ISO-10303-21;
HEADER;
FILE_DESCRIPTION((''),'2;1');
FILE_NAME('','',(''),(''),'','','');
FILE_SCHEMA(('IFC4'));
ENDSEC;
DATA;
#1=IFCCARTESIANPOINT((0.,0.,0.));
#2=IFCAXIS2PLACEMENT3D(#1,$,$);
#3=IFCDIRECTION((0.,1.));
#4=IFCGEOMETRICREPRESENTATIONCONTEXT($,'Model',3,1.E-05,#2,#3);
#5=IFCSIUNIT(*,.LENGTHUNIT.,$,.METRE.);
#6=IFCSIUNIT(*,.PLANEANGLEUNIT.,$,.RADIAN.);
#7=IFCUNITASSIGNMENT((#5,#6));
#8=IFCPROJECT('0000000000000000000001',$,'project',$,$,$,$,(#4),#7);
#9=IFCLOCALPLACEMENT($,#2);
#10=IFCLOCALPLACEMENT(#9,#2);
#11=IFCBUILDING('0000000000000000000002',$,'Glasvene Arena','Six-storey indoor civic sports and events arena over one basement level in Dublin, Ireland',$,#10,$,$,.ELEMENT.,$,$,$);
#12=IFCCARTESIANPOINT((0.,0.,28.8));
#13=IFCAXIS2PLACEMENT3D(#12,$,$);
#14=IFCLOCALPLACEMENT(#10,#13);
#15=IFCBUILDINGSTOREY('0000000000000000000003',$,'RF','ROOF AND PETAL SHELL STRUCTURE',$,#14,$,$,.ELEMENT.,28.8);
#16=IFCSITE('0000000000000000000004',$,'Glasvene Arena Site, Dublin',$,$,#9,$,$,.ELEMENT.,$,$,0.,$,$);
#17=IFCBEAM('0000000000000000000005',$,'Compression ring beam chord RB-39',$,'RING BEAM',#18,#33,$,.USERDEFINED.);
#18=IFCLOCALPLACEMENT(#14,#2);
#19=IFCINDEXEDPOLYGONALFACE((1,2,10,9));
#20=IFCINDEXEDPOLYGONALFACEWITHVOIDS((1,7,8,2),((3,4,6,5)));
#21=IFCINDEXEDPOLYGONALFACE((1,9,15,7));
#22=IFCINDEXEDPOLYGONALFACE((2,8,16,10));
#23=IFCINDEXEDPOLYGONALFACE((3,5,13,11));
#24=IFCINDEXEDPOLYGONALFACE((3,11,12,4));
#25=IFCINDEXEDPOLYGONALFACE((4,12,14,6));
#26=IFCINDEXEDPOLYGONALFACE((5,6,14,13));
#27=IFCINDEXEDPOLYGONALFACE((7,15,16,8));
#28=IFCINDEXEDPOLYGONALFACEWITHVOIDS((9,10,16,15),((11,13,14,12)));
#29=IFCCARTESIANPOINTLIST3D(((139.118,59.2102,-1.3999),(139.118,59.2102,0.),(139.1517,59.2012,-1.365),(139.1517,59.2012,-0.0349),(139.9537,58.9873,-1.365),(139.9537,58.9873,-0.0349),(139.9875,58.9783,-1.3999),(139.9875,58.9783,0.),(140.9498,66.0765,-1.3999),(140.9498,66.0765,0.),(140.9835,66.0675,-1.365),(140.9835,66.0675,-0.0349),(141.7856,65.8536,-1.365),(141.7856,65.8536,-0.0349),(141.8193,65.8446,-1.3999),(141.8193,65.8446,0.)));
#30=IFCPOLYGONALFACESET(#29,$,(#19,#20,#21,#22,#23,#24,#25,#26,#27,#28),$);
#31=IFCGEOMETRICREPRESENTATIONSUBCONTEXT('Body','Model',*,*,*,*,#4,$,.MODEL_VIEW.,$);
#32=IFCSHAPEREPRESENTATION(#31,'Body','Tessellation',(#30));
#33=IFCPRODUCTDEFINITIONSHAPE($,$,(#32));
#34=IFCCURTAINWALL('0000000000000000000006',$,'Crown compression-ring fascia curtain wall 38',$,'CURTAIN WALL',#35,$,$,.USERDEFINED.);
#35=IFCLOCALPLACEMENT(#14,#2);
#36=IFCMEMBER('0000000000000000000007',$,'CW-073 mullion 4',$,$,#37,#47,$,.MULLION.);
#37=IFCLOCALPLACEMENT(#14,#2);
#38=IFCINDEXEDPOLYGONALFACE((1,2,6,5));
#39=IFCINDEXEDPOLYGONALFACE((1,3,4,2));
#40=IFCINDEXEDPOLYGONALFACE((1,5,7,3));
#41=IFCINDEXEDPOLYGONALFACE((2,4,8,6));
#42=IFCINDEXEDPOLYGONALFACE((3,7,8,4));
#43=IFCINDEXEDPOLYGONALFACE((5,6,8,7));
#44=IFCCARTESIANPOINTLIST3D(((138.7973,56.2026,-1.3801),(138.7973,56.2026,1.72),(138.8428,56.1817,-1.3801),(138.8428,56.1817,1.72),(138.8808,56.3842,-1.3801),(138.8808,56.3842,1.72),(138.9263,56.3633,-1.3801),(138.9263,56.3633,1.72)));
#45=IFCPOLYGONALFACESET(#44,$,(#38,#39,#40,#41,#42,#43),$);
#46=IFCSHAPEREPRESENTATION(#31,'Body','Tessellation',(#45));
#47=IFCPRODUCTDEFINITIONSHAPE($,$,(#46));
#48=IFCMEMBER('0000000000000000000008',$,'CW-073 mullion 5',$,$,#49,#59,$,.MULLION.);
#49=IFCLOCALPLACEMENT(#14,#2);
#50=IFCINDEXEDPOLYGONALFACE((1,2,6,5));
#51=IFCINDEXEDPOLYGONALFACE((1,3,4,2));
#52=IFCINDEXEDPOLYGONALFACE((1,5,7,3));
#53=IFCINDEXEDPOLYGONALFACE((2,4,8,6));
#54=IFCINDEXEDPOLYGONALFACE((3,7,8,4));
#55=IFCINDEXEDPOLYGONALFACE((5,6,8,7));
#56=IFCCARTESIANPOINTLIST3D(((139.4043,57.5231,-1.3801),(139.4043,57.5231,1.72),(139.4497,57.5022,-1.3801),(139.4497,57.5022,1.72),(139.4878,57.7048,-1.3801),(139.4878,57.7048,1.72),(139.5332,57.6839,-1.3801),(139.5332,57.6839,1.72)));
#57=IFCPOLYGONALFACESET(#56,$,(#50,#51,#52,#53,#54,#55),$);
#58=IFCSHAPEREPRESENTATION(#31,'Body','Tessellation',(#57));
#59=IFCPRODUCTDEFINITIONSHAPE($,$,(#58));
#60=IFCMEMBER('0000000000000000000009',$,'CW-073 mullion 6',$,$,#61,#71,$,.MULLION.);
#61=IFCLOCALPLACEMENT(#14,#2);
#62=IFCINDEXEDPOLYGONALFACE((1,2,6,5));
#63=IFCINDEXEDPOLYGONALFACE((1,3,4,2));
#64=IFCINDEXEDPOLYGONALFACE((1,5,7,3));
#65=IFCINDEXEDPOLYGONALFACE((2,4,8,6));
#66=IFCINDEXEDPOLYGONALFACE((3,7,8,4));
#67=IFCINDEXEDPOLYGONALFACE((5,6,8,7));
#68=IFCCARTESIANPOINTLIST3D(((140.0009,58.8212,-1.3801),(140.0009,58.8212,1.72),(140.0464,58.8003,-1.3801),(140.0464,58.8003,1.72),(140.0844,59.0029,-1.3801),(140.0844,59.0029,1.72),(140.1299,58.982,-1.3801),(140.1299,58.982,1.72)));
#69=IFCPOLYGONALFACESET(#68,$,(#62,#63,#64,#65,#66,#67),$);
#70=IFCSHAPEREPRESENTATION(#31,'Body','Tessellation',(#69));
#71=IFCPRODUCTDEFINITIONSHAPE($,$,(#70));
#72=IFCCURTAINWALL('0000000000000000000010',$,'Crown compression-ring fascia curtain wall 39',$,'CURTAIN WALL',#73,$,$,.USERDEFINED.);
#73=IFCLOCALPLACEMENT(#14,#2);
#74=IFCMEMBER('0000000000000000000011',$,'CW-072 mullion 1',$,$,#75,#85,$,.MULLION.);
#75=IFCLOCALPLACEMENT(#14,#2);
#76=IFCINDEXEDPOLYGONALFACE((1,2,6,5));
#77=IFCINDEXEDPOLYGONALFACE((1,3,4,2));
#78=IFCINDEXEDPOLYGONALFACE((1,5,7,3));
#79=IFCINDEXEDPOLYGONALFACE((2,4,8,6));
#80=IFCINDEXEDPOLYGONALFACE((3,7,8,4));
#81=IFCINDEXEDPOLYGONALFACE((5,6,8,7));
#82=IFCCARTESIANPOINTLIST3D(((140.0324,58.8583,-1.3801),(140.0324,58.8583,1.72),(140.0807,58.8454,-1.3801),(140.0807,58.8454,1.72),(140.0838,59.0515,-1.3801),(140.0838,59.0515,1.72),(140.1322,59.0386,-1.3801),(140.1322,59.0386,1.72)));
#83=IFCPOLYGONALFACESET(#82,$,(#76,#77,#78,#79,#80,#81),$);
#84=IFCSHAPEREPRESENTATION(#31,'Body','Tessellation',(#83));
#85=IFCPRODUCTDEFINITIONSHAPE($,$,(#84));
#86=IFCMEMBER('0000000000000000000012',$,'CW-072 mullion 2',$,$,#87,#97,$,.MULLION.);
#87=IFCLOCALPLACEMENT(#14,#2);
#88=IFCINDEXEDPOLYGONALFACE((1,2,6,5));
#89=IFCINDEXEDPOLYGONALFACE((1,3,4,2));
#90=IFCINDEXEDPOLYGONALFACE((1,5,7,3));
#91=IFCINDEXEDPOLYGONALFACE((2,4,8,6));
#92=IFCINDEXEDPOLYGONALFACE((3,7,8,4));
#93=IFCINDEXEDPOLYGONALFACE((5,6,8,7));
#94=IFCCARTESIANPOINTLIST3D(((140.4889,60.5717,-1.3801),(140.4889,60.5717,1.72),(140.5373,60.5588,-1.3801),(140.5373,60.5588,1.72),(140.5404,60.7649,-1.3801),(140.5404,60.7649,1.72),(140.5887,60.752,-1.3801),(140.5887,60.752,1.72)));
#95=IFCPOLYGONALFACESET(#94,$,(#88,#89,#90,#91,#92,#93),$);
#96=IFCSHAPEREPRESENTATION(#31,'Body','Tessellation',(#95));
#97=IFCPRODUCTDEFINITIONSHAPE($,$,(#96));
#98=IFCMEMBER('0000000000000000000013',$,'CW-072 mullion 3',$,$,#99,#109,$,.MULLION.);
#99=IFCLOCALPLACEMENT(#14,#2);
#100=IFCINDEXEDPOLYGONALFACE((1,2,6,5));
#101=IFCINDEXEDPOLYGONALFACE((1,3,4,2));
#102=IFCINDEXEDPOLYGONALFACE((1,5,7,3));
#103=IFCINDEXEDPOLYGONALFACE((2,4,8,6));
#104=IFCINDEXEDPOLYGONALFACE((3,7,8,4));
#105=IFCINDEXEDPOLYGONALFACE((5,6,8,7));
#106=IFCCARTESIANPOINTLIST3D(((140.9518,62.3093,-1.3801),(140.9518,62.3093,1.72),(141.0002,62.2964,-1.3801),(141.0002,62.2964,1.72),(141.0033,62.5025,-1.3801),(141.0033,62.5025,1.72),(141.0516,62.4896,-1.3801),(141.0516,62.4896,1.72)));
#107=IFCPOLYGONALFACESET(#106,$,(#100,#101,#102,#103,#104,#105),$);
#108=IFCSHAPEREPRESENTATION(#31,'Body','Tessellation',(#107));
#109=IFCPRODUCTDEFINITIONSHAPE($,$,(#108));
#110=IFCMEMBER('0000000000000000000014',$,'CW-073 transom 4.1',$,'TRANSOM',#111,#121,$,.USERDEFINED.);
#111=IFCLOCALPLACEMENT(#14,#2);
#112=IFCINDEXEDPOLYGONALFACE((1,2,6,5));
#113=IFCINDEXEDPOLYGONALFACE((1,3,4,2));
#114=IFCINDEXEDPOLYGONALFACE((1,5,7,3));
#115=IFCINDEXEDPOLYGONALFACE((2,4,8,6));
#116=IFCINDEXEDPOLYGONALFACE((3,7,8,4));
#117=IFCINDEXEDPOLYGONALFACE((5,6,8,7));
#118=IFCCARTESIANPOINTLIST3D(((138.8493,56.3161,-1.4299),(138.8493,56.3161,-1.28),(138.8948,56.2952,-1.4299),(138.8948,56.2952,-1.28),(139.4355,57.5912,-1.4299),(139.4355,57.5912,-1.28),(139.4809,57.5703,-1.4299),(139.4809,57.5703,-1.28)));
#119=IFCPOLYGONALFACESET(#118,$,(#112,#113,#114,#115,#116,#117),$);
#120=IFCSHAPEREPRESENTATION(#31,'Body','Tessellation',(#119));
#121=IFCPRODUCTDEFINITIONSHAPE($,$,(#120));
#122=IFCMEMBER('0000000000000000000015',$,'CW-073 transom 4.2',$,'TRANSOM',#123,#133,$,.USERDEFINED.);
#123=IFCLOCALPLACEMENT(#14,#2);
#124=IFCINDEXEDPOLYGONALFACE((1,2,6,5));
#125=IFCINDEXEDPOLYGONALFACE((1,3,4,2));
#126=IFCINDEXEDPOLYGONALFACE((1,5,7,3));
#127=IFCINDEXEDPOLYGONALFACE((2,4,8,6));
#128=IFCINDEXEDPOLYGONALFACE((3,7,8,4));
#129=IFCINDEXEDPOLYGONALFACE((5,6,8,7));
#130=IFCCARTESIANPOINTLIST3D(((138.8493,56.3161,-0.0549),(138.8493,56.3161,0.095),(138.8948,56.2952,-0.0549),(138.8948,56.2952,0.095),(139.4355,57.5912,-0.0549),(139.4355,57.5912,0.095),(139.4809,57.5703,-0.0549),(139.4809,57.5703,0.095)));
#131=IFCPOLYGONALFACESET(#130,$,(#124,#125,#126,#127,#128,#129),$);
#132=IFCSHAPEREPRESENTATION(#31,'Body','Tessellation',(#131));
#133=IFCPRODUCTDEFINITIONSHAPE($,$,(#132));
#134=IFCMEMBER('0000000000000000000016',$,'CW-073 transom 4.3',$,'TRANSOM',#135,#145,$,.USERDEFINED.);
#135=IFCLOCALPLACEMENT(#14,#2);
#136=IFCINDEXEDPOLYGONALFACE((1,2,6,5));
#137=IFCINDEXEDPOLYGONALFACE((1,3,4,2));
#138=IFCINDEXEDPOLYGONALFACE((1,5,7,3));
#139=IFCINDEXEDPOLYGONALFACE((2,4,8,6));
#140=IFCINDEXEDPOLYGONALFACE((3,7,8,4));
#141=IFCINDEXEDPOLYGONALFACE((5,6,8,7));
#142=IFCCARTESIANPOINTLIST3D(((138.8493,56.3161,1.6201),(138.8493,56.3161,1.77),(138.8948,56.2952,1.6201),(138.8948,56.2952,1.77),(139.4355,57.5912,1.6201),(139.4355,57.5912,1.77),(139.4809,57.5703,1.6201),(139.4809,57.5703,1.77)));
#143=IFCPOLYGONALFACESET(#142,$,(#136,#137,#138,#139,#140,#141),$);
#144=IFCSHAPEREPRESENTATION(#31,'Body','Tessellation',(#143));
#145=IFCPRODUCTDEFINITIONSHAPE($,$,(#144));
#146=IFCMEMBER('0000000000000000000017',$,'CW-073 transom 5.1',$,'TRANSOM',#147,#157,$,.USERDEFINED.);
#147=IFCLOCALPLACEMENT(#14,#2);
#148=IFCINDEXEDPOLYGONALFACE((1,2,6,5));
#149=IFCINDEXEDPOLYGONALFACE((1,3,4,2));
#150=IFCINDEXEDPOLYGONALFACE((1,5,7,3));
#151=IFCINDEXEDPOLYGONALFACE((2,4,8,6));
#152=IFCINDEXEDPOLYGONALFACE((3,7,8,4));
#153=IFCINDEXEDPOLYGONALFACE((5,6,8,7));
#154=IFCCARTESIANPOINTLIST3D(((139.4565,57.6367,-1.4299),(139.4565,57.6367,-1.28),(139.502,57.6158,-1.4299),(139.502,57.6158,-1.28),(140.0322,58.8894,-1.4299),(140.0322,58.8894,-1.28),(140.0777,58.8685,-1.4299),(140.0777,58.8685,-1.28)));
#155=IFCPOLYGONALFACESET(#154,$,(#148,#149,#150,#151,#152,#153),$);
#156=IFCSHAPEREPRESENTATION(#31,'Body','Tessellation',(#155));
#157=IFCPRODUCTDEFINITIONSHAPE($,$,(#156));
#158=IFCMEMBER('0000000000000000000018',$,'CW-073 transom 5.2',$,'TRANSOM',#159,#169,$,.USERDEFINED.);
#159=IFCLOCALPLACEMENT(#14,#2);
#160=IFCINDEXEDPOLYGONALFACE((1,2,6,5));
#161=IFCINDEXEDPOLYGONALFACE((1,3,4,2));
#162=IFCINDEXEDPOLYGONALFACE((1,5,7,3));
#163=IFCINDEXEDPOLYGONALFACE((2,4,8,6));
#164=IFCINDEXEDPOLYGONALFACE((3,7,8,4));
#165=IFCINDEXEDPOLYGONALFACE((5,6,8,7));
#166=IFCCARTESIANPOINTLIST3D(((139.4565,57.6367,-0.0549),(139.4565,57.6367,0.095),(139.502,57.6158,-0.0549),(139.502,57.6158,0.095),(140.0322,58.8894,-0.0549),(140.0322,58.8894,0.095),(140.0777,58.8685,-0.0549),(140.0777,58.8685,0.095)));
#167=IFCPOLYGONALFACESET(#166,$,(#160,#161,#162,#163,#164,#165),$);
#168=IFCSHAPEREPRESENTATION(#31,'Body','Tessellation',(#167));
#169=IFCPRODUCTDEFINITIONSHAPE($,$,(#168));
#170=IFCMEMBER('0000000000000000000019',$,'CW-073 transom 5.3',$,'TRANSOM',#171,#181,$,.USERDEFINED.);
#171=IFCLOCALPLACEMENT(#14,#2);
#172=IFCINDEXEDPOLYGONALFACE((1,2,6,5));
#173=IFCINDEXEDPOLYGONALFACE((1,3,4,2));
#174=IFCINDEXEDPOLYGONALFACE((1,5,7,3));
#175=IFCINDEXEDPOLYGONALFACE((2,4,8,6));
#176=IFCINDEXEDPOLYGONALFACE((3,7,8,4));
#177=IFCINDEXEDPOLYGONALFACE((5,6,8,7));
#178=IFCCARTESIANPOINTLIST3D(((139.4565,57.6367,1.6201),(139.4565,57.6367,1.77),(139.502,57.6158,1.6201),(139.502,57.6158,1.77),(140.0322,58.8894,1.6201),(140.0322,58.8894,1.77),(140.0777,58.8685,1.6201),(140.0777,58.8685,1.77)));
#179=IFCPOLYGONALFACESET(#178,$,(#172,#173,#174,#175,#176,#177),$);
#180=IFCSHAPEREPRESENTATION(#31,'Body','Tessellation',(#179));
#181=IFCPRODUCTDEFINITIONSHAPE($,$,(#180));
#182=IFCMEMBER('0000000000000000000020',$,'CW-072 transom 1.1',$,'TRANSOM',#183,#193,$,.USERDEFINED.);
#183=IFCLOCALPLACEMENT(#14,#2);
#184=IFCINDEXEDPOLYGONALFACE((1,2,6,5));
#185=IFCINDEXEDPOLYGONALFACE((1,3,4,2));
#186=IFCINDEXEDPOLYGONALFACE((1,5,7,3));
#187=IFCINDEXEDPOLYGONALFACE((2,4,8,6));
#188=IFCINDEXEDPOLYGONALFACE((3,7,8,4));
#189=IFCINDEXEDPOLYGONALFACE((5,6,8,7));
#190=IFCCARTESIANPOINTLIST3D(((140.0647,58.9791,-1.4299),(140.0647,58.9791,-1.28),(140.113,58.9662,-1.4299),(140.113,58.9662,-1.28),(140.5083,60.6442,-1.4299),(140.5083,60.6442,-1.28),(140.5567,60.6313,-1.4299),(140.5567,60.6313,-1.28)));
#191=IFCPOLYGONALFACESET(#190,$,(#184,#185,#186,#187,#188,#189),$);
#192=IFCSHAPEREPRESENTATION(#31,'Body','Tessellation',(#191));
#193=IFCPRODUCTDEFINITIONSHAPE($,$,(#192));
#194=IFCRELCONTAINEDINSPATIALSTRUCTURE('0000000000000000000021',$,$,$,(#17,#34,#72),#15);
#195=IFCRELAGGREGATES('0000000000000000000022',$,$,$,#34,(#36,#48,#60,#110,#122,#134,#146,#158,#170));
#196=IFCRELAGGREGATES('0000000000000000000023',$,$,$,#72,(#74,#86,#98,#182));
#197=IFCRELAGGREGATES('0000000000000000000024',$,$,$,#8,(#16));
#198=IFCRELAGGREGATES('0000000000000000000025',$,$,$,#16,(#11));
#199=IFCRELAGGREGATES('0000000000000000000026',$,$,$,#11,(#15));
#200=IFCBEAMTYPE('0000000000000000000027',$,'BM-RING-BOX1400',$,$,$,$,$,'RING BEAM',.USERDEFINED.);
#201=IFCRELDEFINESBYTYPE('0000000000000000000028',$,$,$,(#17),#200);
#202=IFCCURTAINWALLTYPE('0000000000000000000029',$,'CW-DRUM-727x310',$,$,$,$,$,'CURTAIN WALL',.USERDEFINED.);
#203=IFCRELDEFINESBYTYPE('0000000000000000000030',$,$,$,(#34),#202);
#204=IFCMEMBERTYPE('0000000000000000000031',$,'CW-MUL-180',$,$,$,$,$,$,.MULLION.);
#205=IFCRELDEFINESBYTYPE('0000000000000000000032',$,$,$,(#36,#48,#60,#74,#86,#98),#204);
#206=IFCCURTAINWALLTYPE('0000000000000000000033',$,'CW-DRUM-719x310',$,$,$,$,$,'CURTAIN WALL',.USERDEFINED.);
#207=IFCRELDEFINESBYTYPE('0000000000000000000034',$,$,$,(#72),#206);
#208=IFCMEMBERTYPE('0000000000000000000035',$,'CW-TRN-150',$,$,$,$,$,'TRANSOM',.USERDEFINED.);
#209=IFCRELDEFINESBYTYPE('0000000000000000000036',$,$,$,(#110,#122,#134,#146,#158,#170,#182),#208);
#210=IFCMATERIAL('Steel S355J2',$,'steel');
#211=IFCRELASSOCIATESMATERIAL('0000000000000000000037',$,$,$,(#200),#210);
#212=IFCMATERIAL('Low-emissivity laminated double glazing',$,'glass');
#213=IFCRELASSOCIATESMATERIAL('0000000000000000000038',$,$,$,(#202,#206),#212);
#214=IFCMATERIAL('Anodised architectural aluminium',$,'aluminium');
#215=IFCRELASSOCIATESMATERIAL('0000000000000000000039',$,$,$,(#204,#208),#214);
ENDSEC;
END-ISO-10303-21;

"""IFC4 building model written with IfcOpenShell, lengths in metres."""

from ifc_helpers import new_model, si_unit, direction, frame, origin, origin_2d, place, context, subcontext, project, spatial, rectangle, hollow_rectangle, extrude, material, material_profile, profile_set, type_object, element, aggregate, save


model = new_model("IFC4")

# Units and contexts
model_context = context("Model", 3, precision=1e-05, world=origin(), true_north=direction((0.0, 1.0)))
body_context = subcontext(model_context, "Body", "Model", "MODEL_VIEW")
ifc_project = project(units=[si_unit("LENGTHUNIT", "METRE"), si_unit("PLANEANGLEUNIT", "RADIAN")], contexts=[model_context])

# Site, building, storey
site_placement = place(None, origin())
site = spatial("IfcSite", under=ifc_project, at=site_placement, Name="Glasvene Arena Site, Dublin", CompositionType="ELEMENT", RefElevation=0.0)
building_placement = place(site_placement, origin())
building = spatial("IfcBuilding", under=site, at=building_placement, Name="Glasvene Arena", Description="Six-storey indoor civic sports and events arena over one basement level in Dublin, Ireland", CompositionType="ELEMENT")
storey_placement = place(building_placement, frame((0.0, 0.0, 28.8)))
storey = spatial("IfcBuildingStorey", under=building, at=storey_placement, Name="RF", Description="ROOF AND PETAL SHELL STRUCTURE", CompositionType="ELEMENT", Elevation=28.8)

# Beam
ifc_material_1 = material(Name="Steel S355J2", Category="steel")
ifc_material_profile_1 = material_profile(ifc_material_1, hollow_rectangle(XDim=0.8999, YDim=1.3999, WallThickness=0.0349, at=origin_2d()), Name="WBOX 900x1400x35")
ifc_profile_set_1 = profile_set([ifc_material_profile_1], Name="Steel S355J2")
beam_type = type_object("IfcBeamType", Name="BM-RING-BOX1400", ElementType="RING BEAM", PredefinedType="USERDEFINED", material=ifc_profile_set_1)
beam_placement = place(storey_placement, frame((139.5527, 59.0942, -0.7), z_axis=(0.257767, 0.966207, 0.0), x_axis=(-0.966207, 0.257767, 0.0)))
element("IfcBeam", 1, at=beam_placement, inside=storey, type_object=beam_type, Name="Compression ring beam chord RB-39", ObjectType="RING BEAM", PredefinedType="USERDEFINED", context=body_context, shape_type="SweptSolid", body=[
    extrude(hollow_rectangle(XDim=0.8999, YDim=1.3999, WallThickness=0.0349, at=origin_2d()), origin(), (0.0, 0.0, 1.0), 7.1064),
])

# Curtain walls, members
ifc_material_2 = material(Name="Low-emissivity laminated double glazing", Category="glass")
curtain_wall_type_1 = type_object("IfcCurtainWallType", Name="CW-DRUM-727x310", ElementType="CURTAIN WALL", PredefinedType="USERDEFINED", material=ifc_material_2)
curtain_wall_1_placement = place(storey_placement, frame((137.0403, 52.3208, 0.0)))
curtain_wall_1 = element("IfcCurtainWall", 2, at=curtain_wall_1_placement, inside=storey, type_object=curtain_wall_type_1, Name="Crown compression-ring fascia curtain wall 38", ObjectType="CURTAIN WALL", PredefinedType="USERDEFINED")
ifc_material_3 = material(Name="Anodised architectural aluminium", Category="aluminium")
ifc_material_profile_2 = material_profile(ifc_material_3, rectangle(XDim=0.05, YDim=0.2, at=origin_2d()), Name="ALU MULLION 50x200")
ifc_profile_set_2 = profile_set([ifc_material_profile_2], Name="Anodised architectural aluminium")
member_type_1 = type_object("IfcMemberType", Name="CW-MUL-180", PredefinedType="MULLION", material=ifc_profile_set_2)
member_1_placement = place(storey_placement, frame((138.8618, 56.283, -1.3801), z_axis=(0.0, 0.0, 1.0), x_axis=(-0.908603, 0.417661, 0.0)))
member_1 = element("IfcMember", 3, at=member_1_placement, type_object=member_type_1, Name="CW-073 mullion 4", PredefinedType="MULLION", context=body_context, shape_type="SweptSolid", body=[
    extrude(rectangle(XDim=0.05, YDim=0.2, at=origin_2d()), origin(), (0.0, 0.0, 1.0), 3.1001),
])
member_2_placement = place(storey_placement, frame((139.4688, 57.6035, -1.3801), z_axis=(0.0, 0.0, 1.0), x_axis=(-0.908603, 0.417661, 0.0)))
member_2 = element("IfcMember", 4, at=member_2_placement, type_object=member_type_1, Name="CW-073 mullion 5", PredefinedType="MULLION", context=body_context, shape_type="SweptSolid", body=[
    extrude(rectangle(XDim=0.05, YDim=0.2, at=origin_2d()), origin(), (0.0, 0.0, 1.0), 3.1001),
])
member_3_placement = place(storey_placement, frame((140.0654, 58.9016, -1.3801), z_axis=(0.0, 0.0, 1.0), x_axis=(-0.908603, 0.417661, 0.0)))
member_3 = element("IfcMember", 5, at=member_3_placement, type_object=member_type_1, Name="CW-073 mullion 6", PredefinedType="MULLION", context=body_context, shape_type="SweptSolid", body=[
    extrude(rectangle(XDim=0.05, YDim=0.2, at=origin_2d()), origin(), (0.0, 0.0, 1.0), 3.1001),
])
curtain_wall_type_2 = type_object("IfcCurtainWallType", Name="CW-DRUM-719x310", ElementType="CURTAIN WALL", PredefinedType="USERDEFINED", material=ifc_material_2)
curtain_wall_2_placement = place(storey_placement, frame((140.0759, 58.9243, 0.0)))
curtain_wall_2 = element("IfcCurtainWall", 6, at=curtain_wall_2_placement, inside=storey, type_object=curtain_wall_type_2, Name="Crown compression-ring fascia curtain wall 39", ObjectType="CURTAIN WALL", PredefinedType="USERDEFINED")
member_4_placement = place(storey_placement, frame((140.0823, 58.9485, -1.3801), z_axis=(0.0, 0.0, 1.0), x_axis=(-0.966292, 0.257447, 0.0)))
member_4 = element("IfcMember", 7, at=member_4_placement, type_object=member_type_1, Name="CW-072 mullion 1", PredefinedType="MULLION", context=body_context, shape_type="SweptSolid", body=[
    extrude(rectangle(XDim=0.05, YDim=0.2, at=origin_2d()), origin(), (0.0, 0.0, 1.0), 3.1001),
])
member_5_placement = place(storey_placement, frame((140.5388, 60.6619, -1.3801), z_axis=(0.0, 0.0, 1.0), x_axis=(-0.966292, 0.257447, 0.0)))
member_5 = element("IfcMember", 8, at=member_5_placement, type_object=member_type_1, Name="CW-072 mullion 2", PredefinedType="MULLION", context=body_context, shape_type="SweptSolid", body=[
    extrude(rectangle(XDim=0.05, YDim=0.2, at=origin_2d()), origin(), (0.0, 0.0, 1.0), 3.1001),
])
member_6_placement = place(storey_placement, frame((141.0017, 62.3994, -1.3801), z_axis=(0.0, 0.0, 1.0), x_axis=(-0.966292, 0.257447, 0.0)))
member_6 = element("IfcMember", 9, at=member_6_placement, type_object=member_type_1, Name="CW-072 mullion 3", PredefinedType="MULLION", context=body_context, shape_type="SweptSolid", body=[
    extrude(rectangle(XDim=0.05, YDim=0.2, at=origin_2d()), origin(), (0.0, 0.0, 1.0), 3.1001),
])

# Members
ifc_material_profile_3 = material_profile(ifc_material_3, rectangle(XDim=0.05, YDim=0.1499, at=origin_2d()), Name="ALU TRANSOM 50x150")
ifc_profile_set_3 = profile_set([ifc_material_profile_3], Name="Anodised architectural aluminium")
member_type_2 = type_object("IfcMemberType", Name="CW-TRN-150", ElementType="TRANSOM", PredefinedType="USERDEFINED", material=ifc_profile_set_3)
member_7_placement = place(storey_placement, frame((138.8721, 56.3057, -1.355), z_axis=(0.417679, 0.908595, 0.0), x_axis=(-0.908595, 0.417679, 0.0)))
member_7 = element("IfcMember", 10, at=member_7_placement, type_object=member_type_2, Name="CW-073 transom 4.1", ObjectType="TRANSOM", PredefinedType="USERDEFINED", context=body_context, shape_type="SweptSolid", body=[
    extrude(rectangle(XDim=0.05, YDim=0.1499, at=origin_2d()), origin(), (0.0, 0.0, 1.0), 1.4033),
])
member_8_placement = place(storey_placement, frame((138.8721, 56.3057, 0.02), z_axis=(0.417679, 0.908595, 0.0), x_axis=(-0.908595, 0.417679, 0.0)))
member_8 = element("IfcMember", 11, at=member_8_placement, type_object=member_type_2, Name="CW-073 transom 4.2", ObjectType="TRANSOM", PredefinedType="USERDEFINED", context=body_context, shape_type="SweptSolid", body=[
    extrude(rectangle(XDim=0.05, YDim=0.1499, at=origin_2d()), origin(), (0.0, 0.0, 1.0), 1.4033),
])
member_9_placement = place(storey_placement, frame((138.8721, 56.3057, 1.6951), z_axis=(0.417679, 0.908595, 0.0), x_axis=(-0.908595, 0.417679, 0.0)))
member_9 = element("IfcMember", 12, at=member_9_placement, type_object=member_type_2, Name="CW-073 transom 4.3", ObjectType="TRANSOM", PredefinedType="USERDEFINED", context=body_context, shape_type="SweptSolid", body=[
    extrude(rectangle(XDim=0.05, YDim=0.1499, at=origin_2d()), origin(), (0.0, 0.0, 1.0), 1.4033),
])
member_10_placement = place(storey_placement, frame((139.4792, 57.6262, -1.355), z_axis=(0.417575, 0.908642, 0.0), x_axis=(-0.908642, 0.417575, 0.0)))
member_10 = element("IfcMember", 13, at=member_10_placement, type_object=member_type_2, Name="CW-073 transom 5.1", ObjectType="TRANSOM", PredefinedType="USERDEFINED", context=body_context, shape_type="SweptSolid", body=[
    extrude(rectangle(XDim=0.05, YDim=0.1499, at=origin_2d()), origin(), (0.0, 0.0, 1.0), 1.3787),
])
member_11_placement = place(storey_placement, frame((139.4792, 57.6262, 0.02), z_axis=(0.417575, 0.908642, 0.0), x_axis=(-0.908642, 0.417575, 0.0)))
member_11 = element("IfcMember", 14, at=member_11_placement, type_object=member_type_2, Name="CW-073 transom 5.2", ObjectType="TRANSOM", PredefinedType="USERDEFINED", context=body_context, shape_type="SweptSolid", body=[
    extrude(rectangle(XDim=0.05, YDim=0.1499, at=origin_2d()), origin(), (0.0, 0.0, 1.0), 1.3787),
])
member_12_placement = place(storey_placement, frame((139.4792, 57.6262, 1.6951), z_axis=(0.417575, 0.908642, 0.0), x_axis=(-0.908642, 0.417575, 0.0)))
member_12 = element("IfcMember", 15, at=member_12_placement, type_object=member_type_2, Name="CW-073 transom 5.3", ObjectType="TRANSOM", PredefinedType="USERDEFINED", context=body_context, shape_type="SweptSolid", body=[
    extrude(rectangle(XDim=0.05, YDim=0.1499, at=origin_2d()), origin(), (0.0, 0.0, 1.0), 1.3787),
])
member_13_placement = place(storey_placement, frame((140.0889, 58.9727, -1.355), z_axis=(0.257442, 0.966294, 0.0), x_axis=(-0.966294, 0.257442, 0.0)))
member_13 = element("IfcMember", 16, at=member_13_placement, type_object=member_type_2, Name="CW-072 transom 1.1", ObjectType="TRANSOM", PredefinedType="USERDEFINED", context=body_context, shape_type="SweptSolid", body=[
    extrude(rectangle(XDim=0.05, YDim=0.1499, at=origin_2d()), origin(), (0.0, 0.0, 1.0), 1.7231),
])

aggregate(curtain_wall_1, [member_1, member_2, member_3, member_7, member_8, member_9, member_10, member_11, member_12])
aggregate(curtain_wall_2, [member_4, member_5, member_6, member_13])

save(model, "model.ifc")
